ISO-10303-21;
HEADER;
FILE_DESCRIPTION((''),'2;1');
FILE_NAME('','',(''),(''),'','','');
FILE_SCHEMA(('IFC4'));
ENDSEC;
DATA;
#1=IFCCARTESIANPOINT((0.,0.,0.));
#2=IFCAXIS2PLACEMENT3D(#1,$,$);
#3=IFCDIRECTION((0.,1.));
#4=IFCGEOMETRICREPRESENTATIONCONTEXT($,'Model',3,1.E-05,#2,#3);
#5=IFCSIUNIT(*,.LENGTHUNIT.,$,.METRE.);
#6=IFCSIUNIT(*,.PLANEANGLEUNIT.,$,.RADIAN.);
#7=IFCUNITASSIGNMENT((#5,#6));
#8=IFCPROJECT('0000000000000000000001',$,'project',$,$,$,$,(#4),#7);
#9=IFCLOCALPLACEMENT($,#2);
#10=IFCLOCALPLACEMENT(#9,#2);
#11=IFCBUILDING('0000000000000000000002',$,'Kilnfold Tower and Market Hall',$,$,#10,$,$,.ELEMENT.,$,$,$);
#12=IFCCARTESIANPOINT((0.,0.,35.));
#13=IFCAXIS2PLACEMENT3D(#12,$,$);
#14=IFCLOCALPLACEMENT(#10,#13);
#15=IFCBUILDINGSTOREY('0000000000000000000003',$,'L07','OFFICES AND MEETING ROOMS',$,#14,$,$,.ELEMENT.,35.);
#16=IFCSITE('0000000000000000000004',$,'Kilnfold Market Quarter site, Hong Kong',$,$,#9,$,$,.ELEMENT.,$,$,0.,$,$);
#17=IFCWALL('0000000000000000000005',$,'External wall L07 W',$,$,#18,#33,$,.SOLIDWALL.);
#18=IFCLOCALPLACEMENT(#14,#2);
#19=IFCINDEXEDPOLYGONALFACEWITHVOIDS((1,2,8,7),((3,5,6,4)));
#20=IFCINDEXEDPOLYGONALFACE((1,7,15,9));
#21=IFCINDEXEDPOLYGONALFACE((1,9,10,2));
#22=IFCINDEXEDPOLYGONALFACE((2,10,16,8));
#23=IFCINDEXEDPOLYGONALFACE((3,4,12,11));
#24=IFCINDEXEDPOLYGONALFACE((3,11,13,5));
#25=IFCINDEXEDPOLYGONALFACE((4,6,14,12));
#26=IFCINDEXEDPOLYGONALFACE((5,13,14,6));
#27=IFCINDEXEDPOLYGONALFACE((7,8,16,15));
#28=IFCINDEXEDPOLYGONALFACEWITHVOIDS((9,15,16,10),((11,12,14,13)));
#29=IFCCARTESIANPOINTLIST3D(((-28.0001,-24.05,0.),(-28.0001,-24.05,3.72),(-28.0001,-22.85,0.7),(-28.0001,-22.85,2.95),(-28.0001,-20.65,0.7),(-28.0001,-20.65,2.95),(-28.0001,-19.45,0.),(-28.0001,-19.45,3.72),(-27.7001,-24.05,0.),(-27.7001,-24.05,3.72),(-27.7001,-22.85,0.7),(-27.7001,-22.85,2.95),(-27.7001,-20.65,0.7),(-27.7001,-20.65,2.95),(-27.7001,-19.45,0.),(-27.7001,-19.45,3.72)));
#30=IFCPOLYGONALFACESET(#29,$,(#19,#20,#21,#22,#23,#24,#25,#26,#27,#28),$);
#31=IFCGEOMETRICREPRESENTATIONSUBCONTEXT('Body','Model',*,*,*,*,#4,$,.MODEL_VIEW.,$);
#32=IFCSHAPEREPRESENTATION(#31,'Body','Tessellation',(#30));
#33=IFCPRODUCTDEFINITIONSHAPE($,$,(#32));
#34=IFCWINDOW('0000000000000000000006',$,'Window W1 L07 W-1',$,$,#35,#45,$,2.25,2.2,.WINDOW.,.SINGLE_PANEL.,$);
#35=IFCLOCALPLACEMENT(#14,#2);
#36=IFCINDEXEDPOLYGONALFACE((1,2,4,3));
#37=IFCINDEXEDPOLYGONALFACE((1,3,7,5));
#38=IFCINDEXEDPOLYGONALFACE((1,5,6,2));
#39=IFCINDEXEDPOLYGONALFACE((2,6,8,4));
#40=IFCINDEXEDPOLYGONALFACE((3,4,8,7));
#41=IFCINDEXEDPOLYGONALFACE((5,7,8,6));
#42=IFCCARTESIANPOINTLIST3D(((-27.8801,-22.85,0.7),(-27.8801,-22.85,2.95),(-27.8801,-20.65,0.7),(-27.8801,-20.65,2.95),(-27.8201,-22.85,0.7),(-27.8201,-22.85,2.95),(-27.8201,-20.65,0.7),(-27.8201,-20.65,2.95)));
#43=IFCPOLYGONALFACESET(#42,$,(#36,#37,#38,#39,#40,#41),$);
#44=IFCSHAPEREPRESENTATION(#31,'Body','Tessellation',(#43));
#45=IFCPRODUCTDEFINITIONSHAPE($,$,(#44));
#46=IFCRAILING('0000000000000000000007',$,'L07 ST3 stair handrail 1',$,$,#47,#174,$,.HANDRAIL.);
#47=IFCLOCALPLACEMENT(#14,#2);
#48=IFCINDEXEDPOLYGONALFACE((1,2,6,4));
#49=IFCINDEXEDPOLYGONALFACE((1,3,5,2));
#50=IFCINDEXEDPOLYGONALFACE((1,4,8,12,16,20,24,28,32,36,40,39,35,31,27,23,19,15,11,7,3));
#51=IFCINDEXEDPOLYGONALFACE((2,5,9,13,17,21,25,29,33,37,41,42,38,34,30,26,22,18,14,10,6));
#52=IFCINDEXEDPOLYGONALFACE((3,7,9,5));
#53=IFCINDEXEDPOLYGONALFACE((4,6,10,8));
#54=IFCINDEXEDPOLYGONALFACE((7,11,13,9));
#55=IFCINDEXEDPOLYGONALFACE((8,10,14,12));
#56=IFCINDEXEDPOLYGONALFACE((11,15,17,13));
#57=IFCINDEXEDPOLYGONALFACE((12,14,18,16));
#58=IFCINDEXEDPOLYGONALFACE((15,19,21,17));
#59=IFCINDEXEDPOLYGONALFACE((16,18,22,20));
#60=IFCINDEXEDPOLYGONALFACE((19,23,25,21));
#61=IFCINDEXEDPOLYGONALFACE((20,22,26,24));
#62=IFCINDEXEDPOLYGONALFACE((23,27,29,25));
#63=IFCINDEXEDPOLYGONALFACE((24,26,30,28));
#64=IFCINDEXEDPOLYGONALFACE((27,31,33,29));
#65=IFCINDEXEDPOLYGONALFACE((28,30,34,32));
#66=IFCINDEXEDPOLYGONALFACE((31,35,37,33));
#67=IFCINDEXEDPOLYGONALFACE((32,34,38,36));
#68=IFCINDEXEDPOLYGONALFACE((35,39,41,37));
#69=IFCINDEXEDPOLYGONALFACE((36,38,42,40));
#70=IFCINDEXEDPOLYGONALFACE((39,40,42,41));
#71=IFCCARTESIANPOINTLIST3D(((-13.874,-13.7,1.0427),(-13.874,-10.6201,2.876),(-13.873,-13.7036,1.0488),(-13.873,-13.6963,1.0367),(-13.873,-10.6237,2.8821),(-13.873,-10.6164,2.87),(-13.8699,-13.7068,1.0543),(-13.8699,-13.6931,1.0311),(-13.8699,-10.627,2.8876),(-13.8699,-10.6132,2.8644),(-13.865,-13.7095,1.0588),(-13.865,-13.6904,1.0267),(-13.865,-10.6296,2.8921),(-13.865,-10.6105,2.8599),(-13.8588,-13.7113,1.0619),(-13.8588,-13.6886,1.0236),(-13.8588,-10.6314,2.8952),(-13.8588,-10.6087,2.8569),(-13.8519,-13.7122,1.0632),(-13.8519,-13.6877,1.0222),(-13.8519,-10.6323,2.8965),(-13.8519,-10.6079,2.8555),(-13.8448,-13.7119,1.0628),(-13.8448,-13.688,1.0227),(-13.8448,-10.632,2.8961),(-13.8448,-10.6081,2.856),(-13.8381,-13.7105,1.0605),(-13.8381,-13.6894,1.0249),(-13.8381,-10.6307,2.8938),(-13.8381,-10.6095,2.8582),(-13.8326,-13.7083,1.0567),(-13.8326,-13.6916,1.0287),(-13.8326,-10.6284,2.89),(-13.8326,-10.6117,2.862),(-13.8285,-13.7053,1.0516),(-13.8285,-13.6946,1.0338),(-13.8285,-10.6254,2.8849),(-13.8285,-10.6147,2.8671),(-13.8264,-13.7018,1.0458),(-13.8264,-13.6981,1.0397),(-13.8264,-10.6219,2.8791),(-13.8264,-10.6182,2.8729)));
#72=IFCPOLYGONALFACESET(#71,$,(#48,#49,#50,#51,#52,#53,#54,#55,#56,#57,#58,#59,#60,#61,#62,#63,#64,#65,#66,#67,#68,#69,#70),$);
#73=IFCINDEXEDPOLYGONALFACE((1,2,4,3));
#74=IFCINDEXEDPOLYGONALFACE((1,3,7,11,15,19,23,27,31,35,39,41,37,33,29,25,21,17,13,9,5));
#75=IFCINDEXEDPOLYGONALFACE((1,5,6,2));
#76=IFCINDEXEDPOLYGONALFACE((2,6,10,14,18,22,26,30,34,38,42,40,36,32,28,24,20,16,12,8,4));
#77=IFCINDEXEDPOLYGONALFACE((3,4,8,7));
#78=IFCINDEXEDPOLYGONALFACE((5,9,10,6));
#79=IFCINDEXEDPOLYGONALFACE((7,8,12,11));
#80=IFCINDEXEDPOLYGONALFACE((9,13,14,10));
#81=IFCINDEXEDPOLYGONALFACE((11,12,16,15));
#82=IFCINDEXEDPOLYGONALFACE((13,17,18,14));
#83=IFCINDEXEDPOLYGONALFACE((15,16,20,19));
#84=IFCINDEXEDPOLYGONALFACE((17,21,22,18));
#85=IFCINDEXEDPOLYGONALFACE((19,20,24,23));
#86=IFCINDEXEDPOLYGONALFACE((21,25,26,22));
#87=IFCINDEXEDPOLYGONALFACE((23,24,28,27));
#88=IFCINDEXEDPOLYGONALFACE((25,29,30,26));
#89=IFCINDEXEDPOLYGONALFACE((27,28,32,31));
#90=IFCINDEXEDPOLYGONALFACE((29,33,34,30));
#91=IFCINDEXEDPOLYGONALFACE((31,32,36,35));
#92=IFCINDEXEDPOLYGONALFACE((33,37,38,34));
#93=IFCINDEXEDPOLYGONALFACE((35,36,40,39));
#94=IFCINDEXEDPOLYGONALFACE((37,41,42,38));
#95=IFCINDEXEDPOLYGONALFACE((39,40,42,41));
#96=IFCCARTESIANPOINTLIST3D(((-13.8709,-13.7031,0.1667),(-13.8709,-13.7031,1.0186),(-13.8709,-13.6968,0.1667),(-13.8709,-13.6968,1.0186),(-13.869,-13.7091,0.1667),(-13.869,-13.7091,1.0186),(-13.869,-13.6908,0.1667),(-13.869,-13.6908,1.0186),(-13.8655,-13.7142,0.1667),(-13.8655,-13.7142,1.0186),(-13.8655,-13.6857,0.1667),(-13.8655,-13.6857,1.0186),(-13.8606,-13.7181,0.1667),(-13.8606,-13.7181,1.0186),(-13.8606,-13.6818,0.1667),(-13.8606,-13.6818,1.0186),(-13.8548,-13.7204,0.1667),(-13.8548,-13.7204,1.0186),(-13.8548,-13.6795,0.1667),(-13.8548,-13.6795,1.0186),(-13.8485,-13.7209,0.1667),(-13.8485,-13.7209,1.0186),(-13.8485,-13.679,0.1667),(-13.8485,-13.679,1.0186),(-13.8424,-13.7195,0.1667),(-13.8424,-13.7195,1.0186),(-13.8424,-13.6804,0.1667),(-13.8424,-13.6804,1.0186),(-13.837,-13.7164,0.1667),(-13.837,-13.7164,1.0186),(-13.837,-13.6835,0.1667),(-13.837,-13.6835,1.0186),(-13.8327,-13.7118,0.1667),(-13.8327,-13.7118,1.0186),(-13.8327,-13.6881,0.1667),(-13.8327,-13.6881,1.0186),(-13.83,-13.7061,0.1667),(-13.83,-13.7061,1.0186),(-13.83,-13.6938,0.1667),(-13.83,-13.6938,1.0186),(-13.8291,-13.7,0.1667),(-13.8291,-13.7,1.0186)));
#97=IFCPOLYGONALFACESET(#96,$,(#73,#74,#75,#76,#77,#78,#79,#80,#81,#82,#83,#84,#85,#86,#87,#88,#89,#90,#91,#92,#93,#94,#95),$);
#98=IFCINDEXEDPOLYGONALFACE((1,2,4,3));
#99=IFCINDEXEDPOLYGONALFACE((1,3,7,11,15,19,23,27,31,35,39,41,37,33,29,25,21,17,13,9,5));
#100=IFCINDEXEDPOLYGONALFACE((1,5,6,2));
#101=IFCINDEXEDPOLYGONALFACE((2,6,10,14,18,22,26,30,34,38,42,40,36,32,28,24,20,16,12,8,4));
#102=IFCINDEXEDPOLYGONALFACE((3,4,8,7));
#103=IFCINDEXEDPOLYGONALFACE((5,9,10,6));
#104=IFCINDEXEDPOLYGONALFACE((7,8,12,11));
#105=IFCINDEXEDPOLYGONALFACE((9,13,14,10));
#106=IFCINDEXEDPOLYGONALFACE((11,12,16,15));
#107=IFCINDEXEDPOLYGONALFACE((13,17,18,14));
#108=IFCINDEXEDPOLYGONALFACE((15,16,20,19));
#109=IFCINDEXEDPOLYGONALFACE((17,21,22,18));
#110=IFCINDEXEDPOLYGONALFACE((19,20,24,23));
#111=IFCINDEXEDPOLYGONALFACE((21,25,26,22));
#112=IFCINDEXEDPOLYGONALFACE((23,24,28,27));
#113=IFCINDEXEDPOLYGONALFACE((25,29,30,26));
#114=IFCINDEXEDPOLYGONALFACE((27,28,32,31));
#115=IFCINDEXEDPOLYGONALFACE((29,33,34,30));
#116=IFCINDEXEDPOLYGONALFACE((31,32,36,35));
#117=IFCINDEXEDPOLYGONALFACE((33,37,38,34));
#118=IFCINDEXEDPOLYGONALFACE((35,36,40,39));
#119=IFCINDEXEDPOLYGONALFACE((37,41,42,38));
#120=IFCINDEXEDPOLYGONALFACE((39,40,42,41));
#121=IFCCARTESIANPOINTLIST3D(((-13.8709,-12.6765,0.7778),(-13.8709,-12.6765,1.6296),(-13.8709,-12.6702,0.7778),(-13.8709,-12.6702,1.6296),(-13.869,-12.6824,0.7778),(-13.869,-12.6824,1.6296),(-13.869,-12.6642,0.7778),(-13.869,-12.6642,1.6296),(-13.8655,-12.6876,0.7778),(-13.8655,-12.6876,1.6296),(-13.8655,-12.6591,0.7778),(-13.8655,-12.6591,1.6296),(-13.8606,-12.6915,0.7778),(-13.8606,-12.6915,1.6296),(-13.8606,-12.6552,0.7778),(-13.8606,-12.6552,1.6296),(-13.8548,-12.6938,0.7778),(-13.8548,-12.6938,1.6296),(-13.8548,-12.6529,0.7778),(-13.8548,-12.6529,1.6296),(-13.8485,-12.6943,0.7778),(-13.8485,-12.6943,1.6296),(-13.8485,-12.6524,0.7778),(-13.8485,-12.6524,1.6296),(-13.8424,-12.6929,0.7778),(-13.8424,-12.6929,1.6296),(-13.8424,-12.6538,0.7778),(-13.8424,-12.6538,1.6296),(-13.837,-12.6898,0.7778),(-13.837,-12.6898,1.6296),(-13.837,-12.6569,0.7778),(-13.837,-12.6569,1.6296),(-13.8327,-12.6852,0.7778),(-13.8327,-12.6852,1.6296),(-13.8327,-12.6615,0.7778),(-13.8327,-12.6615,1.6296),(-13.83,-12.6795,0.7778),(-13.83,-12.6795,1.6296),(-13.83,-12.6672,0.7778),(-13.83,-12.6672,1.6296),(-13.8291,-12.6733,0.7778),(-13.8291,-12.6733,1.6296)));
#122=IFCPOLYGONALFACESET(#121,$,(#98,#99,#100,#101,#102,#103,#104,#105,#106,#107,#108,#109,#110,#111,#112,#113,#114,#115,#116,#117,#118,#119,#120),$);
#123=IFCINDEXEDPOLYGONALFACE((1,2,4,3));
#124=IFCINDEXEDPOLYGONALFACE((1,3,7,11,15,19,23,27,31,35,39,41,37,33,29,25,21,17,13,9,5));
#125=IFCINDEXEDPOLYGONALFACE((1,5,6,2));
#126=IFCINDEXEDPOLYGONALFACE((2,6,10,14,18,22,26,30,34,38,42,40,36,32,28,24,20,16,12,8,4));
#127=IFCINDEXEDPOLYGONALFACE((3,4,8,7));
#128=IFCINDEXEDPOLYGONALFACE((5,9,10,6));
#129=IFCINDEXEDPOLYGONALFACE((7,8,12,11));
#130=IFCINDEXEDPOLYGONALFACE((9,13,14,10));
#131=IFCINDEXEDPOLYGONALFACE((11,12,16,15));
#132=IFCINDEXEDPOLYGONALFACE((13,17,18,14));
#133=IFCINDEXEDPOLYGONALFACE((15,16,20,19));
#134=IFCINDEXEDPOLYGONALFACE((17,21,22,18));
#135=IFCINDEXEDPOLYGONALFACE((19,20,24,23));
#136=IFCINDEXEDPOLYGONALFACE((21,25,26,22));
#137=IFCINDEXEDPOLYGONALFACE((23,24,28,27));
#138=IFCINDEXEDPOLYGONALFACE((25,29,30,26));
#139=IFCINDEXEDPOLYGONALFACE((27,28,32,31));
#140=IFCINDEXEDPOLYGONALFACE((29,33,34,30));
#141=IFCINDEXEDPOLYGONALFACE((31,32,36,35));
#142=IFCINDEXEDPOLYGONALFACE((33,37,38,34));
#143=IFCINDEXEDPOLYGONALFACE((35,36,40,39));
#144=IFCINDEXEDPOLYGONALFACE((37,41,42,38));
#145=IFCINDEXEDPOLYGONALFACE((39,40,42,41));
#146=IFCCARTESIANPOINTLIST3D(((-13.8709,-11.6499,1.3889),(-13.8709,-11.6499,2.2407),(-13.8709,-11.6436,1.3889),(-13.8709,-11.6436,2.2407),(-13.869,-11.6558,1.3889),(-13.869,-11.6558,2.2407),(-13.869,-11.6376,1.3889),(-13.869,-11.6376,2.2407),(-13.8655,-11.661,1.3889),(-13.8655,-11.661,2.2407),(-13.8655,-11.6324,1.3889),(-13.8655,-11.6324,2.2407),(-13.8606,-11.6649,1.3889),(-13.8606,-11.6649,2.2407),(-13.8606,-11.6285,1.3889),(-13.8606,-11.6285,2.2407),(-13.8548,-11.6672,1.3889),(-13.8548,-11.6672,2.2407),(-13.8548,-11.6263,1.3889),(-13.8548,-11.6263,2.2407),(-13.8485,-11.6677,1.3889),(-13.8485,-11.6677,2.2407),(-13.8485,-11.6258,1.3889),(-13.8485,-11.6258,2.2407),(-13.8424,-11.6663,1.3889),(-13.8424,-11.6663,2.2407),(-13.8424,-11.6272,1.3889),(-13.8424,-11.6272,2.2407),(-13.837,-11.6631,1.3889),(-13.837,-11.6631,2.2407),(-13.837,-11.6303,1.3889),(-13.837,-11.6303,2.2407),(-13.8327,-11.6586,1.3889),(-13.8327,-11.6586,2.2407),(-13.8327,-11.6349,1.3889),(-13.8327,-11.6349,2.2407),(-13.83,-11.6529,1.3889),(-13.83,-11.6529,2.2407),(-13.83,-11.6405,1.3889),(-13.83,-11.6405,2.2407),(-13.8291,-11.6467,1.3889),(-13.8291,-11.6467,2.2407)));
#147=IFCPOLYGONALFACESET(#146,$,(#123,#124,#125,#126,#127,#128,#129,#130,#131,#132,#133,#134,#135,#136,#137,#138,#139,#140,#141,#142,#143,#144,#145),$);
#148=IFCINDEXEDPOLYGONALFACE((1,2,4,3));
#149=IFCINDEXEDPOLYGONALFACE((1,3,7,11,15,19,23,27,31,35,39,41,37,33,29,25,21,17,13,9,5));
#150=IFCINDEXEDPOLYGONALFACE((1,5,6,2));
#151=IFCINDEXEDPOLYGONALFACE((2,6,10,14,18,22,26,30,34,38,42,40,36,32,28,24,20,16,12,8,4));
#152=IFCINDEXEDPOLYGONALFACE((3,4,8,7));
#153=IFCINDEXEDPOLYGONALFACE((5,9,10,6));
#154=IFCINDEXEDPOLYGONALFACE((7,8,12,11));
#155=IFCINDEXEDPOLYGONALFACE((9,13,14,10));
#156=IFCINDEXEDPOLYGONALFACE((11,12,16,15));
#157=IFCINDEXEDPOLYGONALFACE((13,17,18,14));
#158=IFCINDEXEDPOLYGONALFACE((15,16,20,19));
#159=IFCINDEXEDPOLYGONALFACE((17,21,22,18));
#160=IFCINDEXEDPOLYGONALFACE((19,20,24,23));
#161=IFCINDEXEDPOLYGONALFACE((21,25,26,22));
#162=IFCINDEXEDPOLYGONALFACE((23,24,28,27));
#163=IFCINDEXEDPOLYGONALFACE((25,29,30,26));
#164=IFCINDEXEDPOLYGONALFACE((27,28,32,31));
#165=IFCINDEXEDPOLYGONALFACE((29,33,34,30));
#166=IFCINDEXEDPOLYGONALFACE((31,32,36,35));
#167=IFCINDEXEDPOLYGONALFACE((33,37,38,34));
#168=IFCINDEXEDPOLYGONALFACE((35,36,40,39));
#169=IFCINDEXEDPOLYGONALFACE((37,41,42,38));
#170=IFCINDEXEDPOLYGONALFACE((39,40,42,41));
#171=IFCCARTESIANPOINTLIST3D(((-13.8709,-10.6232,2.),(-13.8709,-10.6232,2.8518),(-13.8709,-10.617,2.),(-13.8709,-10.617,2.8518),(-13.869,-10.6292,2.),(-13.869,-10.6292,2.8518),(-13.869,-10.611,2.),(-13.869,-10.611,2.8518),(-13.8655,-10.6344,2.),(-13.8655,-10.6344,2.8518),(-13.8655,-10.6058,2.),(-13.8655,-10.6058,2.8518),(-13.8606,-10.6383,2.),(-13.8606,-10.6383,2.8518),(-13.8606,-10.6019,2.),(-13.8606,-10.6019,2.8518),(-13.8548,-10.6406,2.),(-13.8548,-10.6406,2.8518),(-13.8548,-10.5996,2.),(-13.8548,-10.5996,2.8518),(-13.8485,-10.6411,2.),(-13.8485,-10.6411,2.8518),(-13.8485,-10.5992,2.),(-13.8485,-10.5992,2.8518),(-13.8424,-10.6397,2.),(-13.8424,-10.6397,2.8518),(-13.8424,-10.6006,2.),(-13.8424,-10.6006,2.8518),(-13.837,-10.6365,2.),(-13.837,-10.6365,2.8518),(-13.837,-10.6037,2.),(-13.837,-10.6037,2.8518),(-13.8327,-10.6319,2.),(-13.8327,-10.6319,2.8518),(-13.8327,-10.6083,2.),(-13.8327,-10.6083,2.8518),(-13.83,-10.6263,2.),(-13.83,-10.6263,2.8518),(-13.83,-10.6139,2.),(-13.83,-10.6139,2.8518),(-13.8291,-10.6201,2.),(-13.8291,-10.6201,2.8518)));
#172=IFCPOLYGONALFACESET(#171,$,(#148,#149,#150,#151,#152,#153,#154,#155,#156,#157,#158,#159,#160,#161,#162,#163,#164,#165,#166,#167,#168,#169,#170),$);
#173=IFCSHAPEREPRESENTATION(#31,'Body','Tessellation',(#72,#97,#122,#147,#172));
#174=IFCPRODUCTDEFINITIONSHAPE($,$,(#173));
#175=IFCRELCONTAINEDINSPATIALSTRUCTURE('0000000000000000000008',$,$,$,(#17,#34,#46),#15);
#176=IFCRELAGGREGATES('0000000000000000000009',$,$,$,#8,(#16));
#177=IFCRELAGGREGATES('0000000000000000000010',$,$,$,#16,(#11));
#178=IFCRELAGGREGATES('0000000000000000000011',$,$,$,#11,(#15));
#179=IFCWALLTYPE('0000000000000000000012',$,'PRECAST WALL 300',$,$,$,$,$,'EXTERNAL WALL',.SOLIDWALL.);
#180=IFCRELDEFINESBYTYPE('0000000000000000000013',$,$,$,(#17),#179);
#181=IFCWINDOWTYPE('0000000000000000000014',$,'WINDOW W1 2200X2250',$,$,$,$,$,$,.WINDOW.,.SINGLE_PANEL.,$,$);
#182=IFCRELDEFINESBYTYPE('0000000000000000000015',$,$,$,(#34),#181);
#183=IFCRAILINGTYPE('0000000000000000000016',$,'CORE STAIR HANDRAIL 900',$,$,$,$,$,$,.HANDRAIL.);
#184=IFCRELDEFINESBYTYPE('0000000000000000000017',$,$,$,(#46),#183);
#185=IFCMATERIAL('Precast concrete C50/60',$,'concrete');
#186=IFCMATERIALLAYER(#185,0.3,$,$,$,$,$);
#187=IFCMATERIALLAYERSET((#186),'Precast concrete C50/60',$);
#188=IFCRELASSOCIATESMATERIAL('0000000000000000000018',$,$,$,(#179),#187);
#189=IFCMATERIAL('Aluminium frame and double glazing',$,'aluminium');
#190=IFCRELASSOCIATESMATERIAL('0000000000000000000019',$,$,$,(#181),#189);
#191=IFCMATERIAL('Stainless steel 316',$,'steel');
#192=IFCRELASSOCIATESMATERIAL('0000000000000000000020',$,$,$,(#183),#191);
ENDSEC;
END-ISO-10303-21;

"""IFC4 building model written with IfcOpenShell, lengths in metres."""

from ifc_helpers import new_model, si_unit, direction, frame, frame_2d, origin, origin_2d, place, context, subcontext, project, spatial, rectangle, circle, extrude, source, transform, mapped, material, layer, layer_set, type_object, element, fill, save


model = new_model("IFC4")

# Units and contexts
model_context = context("Model", 3, precision=1e-05, world=origin(), true_north=direction((0.0, 1.0)))
body_context = subcontext(model_context, "Body", "Model", "MODEL_VIEW")
ifc_project = project(units=[si_unit("LENGTHUNIT", "METRE"), si_unit("PLANEANGLEUNIT", "RADIAN")], contexts=[model_context])

# Site, building, storey
site_placement = place(None, origin())
site = spatial("IfcSite", under=ifc_project, at=site_placement, Name="Kilnfold Market Quarter site, Hong Kong", CompositionType="ELEMENT", RefElevation=0.0)
building_placement = place(site_placement, origin())
building = spatial("IfcBuilding", under=site, at=building_placement, Name="Kilnfold Tower and Market Hall", CompositionType="ELEMENT")
storey_placement = place(building_placement, frame((0.0, 0.0, 35.0)))
storey = spatial("IfcBuildingStorey", under=building, at=storey_placement, Name="L07", Description="OFFICES AND MEETING ROOMS", CompositionType="ELEMENT", Elevation=35.0)

# Shared definitions
ifc_material_1 = material(Name="Precast concrete C50/60", Category="concrete")
ifc_layer_1 = layer(ifc_material_1, 0.3)
ifc_layer_set_1 = layer_set([ifc_layer_1], Name="Precast concrete C50/60")
wall_type_1 = type_object("IfcWallType", Name="PRECAST WALL 300", ElementType="EXTERNAL WALL", PredefinedType="SOLIDWALL", material=ifc_layer_set_1)
ifc_material_2 = material(Name="Aluminium frame and double glazing", Category="aluminium")
window_type = type_object("IfcWindowType", Name="WINDOW W1 2200X2250", PartitioningType="SINGLE_PANEL", PredefinedType="WINDOW", material=ifc_material_2)

# Wall, opening, window
shared_shape_1 = source(origin(), body_context, "Body", "SweptSolid", [
    extrude(rectangle(XDim=4.6001, YDim=0.3, at=frame_2d((2.3, 0.0))), origin(), (0.0, 0.0, 1.0), 3.72),
])
wall_1_placement = place(storey_placement, frame((-27.8501, -19.45, 0.0), z_axis=(0.0, 0.0, 1.0), x_axis=(0.0, -1.0, 0.0)))
wall_1 = element("IfcWall", 1, at=wall_1_placement, inside=storey, type_object=wall_type_1, Name="External wall L07 W", PredefinedType="SOLIDWALL", context=body_context, shape_type="MappedRepresentation", body=[
    mapped(shared_shape_1, transform((0.0, 0.0, 0.0))),
])
opening_1_placement = place(wall_1_placement, frame((1.2, 0.0, 0.7)))
opening_1 = element("IfcOpeningElement", 2, at=opening_1_placement, cuts=wall_1, PredefinedType="OPENING", context=body_context, shape_type="SweptSolid", body=[
    extrude(rectangle(XDim=2.2, YDim=2.25, at=frame_2d((1.1001, 1.125))), frame((0.0, 0.1602, 0.0), z_axis=(0.0, -1.0, 0.0), x_axis=(1.0, 0.0, 0.0)), (0.0, 0.0, 1.0), 0.3201),
])
window_1_placement = place(opening_1_placement, origin())
window_1 = element("IfcWindow", 3, at=window_1_placement, inside=storey, type_object=window_type, Name="Window W1 L07 W-1", OverallHeight=2.25, OverallWidth=2.2, PartitioningType="SINGLE_PANEL", PredefinedType="WINDOW", context=body_context, shape_type="SweptSolid", body=[
    extrude(rectangle(XDim=2.2, YDim=2.25, at=frame_2d((1.1001, 1.125))), frame((0.0, 0.03, 0.0), z_axis=(0.0, -1.0, 0.0), x_axis=(1.0, 0.0, 0.0)), (0.0, 0.0, 1.0), 0.0601),
])
fill(opening_1, window_1)

# Railing
ifc_material_3 = material(Name="Stainless steel 316", Category="steel")
railing_type_1 = type_object("IfcRailingType", Name="CORE STAIR HANDRAIL 900", PredefinedType="HANDRAIL", material=ifc_material_3)
railing_1_placement = place(storey_placement, frame((-13.8501, -13.7, 0.1667)))
element("IfcRailing", 4, at=railing_1_placement, inside=storey, type_object=railing_type_1, Name="L07 ST3 stair handrail 1", PredefinedType="HANDRAIL", context=body_context, shape_type="SweptSolid", body=[
    extrude(circle(Radius=0.0239, at=origin_2d()), frame((0.0, 0.0, 0.876), z_axis=(0.0, 0.859291, 0.511487), x_axis=(-1.0, 0.0, 0.0)), (0.0, 0.0, 1.0), 3.5842),
    extrude(circle(Radius=0.021, at=origin_2d()), origin(), (0.0, 0.0, 1.0), 0.8518),
    extrude(circle(Radius=0.021, at=origin_2d()), frame((0.0, 1.0266, 0.6111)), (0.0, 0.0, 1.0), 0.8518),
    extrude(circle(Radius=0.021, at=origin_2d()), frame((0.0, 2.0532, 1.2222)), (0.0, 0.0, 1.0), 0.8518),
    extrude(circle(Radius=0.021, at=origin_2d()), frame((0.0, 3.0798, 1.8333)), (0.0, 0.0, 1.0), 0.8518),
])

save(model, "model.ifc")
